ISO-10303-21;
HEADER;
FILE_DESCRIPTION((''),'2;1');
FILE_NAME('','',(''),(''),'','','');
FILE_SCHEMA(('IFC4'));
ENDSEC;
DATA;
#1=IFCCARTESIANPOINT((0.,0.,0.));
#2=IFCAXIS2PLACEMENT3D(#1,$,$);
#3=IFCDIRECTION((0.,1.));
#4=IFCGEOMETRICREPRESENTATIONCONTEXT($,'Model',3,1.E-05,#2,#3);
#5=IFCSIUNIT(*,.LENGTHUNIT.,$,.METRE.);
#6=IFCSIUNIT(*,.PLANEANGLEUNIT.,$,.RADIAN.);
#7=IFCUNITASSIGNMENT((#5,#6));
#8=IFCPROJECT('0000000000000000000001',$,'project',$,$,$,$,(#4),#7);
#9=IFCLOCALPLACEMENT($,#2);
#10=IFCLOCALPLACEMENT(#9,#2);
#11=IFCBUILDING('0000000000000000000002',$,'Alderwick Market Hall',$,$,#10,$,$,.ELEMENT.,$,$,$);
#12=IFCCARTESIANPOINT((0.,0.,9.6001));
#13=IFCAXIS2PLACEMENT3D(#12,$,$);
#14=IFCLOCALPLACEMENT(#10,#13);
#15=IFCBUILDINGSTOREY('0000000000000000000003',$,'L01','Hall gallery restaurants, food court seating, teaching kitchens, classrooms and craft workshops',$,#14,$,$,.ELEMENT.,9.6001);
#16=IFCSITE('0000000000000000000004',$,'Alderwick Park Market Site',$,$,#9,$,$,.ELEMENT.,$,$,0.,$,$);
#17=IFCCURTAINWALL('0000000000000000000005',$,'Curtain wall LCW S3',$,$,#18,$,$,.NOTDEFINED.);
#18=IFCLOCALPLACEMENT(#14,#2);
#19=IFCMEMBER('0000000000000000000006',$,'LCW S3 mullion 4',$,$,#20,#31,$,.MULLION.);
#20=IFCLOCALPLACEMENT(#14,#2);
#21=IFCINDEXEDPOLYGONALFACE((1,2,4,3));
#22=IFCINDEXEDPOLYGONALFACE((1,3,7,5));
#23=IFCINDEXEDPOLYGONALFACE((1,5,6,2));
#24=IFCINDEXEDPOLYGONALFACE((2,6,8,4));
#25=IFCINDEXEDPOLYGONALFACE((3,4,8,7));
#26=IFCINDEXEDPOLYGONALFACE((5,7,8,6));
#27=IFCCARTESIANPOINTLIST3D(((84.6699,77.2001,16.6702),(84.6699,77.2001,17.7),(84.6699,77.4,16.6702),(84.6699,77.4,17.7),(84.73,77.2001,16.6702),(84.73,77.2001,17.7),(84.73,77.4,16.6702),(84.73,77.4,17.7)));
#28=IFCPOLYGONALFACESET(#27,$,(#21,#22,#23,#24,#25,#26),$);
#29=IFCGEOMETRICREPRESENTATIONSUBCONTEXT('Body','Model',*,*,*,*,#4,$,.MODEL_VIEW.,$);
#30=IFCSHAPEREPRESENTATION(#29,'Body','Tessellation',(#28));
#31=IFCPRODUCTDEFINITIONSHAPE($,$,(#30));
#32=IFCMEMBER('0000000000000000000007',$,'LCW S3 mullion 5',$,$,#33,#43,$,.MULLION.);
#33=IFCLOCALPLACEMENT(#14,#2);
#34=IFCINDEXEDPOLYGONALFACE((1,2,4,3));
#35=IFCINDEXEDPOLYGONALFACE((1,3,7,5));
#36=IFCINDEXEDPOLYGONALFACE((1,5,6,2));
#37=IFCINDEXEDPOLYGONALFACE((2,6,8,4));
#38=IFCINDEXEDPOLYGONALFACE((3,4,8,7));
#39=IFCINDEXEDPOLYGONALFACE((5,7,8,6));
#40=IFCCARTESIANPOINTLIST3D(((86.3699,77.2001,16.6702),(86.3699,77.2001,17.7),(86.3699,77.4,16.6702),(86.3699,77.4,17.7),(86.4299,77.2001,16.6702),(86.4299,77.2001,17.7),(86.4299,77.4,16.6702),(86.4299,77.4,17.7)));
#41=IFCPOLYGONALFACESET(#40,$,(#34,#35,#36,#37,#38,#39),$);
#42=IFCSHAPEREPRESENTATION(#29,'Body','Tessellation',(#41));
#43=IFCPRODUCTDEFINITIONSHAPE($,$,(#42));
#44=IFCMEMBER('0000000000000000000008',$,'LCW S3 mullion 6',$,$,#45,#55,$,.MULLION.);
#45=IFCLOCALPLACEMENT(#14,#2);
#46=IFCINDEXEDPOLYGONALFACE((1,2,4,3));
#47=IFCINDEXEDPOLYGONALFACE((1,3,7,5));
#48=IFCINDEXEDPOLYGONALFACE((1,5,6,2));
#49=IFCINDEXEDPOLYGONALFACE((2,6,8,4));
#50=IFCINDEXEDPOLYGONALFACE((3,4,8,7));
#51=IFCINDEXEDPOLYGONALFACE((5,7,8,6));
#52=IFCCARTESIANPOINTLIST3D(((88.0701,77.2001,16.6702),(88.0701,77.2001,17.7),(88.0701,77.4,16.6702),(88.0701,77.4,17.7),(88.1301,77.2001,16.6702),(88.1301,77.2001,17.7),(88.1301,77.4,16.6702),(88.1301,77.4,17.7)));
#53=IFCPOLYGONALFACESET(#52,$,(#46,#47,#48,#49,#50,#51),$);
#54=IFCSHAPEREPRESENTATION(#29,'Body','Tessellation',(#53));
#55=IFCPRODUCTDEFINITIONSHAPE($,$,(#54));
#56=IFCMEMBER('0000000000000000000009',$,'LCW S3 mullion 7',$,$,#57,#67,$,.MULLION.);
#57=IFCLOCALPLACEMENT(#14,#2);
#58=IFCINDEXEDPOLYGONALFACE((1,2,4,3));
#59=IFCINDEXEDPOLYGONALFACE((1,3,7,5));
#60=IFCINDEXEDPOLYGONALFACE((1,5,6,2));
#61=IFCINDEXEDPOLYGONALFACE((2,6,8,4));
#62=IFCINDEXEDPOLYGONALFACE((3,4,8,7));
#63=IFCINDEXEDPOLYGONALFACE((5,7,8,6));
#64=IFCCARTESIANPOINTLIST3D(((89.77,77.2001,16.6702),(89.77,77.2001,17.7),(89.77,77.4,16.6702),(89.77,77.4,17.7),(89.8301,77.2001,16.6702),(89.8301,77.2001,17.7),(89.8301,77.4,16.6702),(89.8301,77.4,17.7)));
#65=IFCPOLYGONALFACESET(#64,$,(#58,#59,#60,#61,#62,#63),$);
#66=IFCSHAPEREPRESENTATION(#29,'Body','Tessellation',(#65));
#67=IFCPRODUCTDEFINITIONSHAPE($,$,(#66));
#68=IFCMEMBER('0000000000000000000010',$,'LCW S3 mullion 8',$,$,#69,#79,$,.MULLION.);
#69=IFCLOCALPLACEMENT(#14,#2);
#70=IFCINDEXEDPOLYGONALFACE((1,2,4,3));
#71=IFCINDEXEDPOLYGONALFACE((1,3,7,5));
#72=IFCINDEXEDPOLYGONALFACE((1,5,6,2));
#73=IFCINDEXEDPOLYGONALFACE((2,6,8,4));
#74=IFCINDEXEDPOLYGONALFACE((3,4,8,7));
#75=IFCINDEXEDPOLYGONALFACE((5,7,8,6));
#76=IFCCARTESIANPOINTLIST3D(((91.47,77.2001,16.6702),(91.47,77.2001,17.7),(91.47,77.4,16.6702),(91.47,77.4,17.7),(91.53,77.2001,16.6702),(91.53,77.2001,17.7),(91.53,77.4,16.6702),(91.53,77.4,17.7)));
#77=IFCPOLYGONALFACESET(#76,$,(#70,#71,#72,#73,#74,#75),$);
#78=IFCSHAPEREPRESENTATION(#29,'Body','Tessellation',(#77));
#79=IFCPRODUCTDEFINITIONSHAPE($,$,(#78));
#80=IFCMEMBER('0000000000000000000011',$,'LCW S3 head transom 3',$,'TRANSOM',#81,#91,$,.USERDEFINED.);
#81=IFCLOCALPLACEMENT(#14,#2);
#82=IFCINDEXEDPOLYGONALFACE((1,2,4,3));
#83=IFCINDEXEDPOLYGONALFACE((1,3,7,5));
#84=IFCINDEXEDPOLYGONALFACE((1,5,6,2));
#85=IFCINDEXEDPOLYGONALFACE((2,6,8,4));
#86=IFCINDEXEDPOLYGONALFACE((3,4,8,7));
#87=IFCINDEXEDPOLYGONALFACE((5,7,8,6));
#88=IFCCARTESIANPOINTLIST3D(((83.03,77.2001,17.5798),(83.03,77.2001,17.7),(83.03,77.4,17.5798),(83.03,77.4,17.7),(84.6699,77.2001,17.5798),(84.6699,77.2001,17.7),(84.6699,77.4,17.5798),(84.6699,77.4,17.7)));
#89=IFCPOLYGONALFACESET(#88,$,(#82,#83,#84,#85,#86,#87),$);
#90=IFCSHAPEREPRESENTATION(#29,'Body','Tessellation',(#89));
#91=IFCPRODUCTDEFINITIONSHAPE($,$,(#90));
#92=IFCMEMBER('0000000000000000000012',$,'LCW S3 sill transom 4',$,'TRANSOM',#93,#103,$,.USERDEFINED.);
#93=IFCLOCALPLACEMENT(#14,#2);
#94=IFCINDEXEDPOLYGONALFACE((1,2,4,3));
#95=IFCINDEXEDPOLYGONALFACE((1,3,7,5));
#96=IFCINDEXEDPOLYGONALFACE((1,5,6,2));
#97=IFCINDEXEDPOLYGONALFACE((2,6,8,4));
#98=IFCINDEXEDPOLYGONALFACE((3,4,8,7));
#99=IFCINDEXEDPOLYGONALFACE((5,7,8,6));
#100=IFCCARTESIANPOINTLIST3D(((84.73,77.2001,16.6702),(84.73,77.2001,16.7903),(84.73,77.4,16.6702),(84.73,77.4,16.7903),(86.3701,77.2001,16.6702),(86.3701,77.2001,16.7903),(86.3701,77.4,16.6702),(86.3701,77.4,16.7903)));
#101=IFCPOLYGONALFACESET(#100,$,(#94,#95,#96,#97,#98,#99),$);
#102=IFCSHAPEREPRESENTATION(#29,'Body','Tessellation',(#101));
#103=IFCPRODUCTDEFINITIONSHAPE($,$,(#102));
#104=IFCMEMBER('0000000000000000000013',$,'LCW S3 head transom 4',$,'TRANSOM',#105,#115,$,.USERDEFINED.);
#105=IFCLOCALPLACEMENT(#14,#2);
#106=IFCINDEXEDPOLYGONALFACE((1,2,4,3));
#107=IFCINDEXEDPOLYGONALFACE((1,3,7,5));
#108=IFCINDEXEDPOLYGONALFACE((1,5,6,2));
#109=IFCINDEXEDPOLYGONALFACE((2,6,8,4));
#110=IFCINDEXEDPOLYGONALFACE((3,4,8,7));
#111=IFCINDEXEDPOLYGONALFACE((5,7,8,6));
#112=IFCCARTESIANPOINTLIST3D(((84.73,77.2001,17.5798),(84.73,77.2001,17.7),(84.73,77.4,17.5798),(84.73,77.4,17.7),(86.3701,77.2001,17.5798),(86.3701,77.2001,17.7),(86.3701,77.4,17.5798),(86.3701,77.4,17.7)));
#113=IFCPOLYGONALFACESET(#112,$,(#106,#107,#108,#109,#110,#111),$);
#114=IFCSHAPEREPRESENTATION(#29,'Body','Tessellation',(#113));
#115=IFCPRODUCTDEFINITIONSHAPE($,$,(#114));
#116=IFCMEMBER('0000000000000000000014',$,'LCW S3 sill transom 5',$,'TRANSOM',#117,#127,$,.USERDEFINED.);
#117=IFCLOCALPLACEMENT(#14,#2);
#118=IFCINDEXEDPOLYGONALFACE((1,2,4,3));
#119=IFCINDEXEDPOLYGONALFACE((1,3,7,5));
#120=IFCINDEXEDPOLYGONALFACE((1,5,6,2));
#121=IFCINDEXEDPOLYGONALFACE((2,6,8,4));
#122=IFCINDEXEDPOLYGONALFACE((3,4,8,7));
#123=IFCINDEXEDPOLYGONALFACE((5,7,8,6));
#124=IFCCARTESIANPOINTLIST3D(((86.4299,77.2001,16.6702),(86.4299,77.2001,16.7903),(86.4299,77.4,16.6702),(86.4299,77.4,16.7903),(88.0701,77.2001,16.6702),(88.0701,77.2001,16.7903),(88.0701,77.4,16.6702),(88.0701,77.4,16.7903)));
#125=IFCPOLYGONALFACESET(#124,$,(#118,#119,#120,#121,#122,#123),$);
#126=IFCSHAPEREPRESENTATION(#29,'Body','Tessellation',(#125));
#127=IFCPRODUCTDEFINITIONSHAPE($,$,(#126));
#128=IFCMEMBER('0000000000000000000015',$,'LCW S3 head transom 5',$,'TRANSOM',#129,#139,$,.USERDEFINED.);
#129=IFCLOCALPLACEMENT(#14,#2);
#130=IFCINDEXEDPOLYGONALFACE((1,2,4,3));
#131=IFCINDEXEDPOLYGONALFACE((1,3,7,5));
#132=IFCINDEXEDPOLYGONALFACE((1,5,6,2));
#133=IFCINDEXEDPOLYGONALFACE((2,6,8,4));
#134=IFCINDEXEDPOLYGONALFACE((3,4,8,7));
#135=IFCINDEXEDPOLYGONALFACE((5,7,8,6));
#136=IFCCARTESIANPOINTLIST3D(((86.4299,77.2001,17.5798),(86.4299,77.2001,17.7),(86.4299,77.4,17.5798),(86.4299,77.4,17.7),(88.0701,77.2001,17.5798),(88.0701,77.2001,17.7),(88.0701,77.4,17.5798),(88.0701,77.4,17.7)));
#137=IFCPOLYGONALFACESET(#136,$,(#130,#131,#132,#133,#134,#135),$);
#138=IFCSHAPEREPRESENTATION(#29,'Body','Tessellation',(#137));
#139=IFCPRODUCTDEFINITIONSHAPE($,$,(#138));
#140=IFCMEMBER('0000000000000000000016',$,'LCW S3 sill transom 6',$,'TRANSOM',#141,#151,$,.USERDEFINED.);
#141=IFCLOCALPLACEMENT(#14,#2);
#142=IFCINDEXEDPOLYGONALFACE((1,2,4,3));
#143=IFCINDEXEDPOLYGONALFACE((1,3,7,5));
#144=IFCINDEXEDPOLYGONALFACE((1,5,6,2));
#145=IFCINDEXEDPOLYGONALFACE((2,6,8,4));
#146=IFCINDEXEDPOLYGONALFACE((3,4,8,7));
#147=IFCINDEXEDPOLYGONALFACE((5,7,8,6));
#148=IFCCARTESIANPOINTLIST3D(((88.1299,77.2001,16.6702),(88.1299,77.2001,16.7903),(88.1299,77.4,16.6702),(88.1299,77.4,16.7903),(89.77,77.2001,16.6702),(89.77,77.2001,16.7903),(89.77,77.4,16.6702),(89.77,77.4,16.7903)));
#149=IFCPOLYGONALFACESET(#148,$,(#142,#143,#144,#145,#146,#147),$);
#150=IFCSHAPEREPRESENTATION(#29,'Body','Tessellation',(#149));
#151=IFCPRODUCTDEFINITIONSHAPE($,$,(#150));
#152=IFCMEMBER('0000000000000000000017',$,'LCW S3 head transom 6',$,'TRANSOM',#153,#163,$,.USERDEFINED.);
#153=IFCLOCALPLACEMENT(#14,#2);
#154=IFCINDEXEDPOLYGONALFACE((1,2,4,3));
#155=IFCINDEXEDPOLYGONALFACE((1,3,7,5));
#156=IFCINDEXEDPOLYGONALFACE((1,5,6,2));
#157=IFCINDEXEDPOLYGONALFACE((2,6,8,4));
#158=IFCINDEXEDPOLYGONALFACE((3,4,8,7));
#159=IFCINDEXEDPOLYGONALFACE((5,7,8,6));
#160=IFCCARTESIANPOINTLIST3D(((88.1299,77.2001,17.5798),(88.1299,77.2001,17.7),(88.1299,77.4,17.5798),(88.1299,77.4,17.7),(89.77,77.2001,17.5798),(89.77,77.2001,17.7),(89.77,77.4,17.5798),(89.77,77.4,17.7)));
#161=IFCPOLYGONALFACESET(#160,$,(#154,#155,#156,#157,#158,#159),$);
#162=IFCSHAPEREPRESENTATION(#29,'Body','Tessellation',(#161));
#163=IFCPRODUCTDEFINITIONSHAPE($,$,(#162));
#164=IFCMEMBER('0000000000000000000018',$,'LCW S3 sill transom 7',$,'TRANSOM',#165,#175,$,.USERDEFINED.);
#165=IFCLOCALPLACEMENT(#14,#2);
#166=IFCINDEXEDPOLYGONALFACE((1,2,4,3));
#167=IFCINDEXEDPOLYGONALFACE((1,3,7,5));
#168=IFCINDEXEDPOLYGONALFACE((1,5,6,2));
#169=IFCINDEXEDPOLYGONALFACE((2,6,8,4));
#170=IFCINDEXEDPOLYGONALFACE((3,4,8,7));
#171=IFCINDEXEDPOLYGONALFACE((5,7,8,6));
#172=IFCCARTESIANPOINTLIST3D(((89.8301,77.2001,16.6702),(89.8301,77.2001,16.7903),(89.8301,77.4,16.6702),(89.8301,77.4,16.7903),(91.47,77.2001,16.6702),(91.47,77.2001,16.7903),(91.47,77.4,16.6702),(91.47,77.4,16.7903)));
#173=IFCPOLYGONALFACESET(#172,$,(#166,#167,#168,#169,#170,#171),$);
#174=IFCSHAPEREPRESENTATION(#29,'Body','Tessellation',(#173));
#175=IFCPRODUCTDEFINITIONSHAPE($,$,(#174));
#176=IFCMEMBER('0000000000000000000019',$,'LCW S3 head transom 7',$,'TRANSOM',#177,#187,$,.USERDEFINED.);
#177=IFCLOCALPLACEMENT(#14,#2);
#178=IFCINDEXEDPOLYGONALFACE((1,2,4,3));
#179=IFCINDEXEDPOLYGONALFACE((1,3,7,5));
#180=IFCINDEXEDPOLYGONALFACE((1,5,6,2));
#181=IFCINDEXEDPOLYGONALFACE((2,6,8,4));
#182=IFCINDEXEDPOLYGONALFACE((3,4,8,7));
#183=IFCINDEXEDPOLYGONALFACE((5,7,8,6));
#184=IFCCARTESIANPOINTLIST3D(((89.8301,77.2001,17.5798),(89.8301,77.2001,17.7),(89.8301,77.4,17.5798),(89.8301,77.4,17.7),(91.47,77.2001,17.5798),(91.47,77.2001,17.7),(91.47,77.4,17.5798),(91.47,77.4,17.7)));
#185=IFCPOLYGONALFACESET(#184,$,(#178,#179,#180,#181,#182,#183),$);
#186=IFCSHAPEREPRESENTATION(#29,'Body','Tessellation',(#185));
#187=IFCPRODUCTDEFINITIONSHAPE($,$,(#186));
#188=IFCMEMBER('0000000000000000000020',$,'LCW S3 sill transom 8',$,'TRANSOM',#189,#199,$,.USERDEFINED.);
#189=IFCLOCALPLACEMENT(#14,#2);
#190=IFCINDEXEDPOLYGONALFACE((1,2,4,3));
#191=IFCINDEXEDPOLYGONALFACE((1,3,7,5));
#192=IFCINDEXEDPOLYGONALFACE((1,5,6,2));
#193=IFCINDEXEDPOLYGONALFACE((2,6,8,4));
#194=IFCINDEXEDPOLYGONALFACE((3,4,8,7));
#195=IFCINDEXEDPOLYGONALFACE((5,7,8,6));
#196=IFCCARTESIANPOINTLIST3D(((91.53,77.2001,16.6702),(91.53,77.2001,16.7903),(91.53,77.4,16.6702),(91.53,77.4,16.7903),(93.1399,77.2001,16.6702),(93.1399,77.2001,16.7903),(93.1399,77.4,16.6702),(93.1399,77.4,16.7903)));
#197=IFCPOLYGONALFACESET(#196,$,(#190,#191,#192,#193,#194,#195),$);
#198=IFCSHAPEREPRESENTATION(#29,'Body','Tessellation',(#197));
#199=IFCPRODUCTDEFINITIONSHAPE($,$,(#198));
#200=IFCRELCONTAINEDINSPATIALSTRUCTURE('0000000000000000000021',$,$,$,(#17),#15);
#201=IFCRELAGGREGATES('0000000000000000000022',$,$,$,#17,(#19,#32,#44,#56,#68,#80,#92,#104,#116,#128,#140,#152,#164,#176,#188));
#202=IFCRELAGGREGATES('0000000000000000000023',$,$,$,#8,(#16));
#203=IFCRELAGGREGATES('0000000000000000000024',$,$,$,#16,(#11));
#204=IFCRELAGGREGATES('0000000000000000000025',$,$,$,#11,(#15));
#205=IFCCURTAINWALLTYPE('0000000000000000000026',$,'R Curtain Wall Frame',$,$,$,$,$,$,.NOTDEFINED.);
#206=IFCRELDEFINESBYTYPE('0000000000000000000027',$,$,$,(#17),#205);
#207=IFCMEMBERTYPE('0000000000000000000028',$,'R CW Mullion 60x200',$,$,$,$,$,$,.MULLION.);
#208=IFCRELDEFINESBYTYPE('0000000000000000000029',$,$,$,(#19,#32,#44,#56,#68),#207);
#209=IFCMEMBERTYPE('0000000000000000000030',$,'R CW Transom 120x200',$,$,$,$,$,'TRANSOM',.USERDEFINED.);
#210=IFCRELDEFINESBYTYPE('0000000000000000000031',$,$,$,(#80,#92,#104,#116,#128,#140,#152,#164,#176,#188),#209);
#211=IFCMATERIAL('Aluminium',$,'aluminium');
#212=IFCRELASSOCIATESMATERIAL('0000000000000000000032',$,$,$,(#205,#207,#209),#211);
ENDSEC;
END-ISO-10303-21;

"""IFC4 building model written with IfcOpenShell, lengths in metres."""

from ifc_helpers import new_model, si_unit, direction, frame, origin, origin_2d, place, context, subcontext, project, spatial, rectangle, extrude, material, material_profile, profile_set, type_object, element, aggregate, save


model = new_model("IFC4")

# Units and contexts
model_context = context("Model", 3, precision=1e-05, world=origin(), true_north=direction((0.0, 1.0)))
body_context = subcontext(model_context, "Body", "Model", "MODEL_VIEW")
ifc_project = project(units=[si_unit("LENGTHUNIT", "METRE"), si_unit("PLANEANGLEUNIT", "RADIAN")], contexts=[model_context])

# Site, building, storey
site_placement = place(None, origin())
site = spatial("IfcSite", under=ifc_project, at=site_placement, Name="Alderwick Park Market Site", CompositionType="ELEMENT", RefElevation=0.0)
building_placement = place(site_placement, origin())
building = spatial("IfcBuilding", under=site, at=building_placement, Name="Alderwick Market Hall", CompositionType="ELEMENT")
storey_placement = place(building_placement, frame((0.0, 0.0, 9.6001)))
storey = spatial("IfcBuildingStorey", under=building, at=storey_placement, Name="L01", Description="Hall gallery restaurants, food court seating, teaching kitchens, classrooms and craft workshops", CompositionType="ELEMENT", Elevation=9.6001)

# Curtain wall, members
ifc_material_1 = material(Name="Aluminium", Category="aluminium")
curtain_wall_type = type_object("IfcCurtainWallType", Name="R Curtain Wall Frame", PredefinedType="NOTDEFINED", material=ifc_material_1)
curtain_wall_placement = place(storey_placement, origin())
curtain_wall = element("IfcCurtainWall", 1, at=curtain_wall_placement, inside=storey, type_object=curtain_wall_type, Name="Curtain wall LCW S3", PredefinedType="NOTDEFINED")
ifc_material_profile_1 = material_profile(ifc_material_1, rectangle(XDim=0.2, YDim=0.0601, at=origin_2d()), Name="AL 60x200")
ifc_profile_set_1 = profile_set([ifc_material_profile_1], Name="Aluminium")
member_type_1 = type_object("IfcMemberType", Name="R CW Mullion 60x200", PredefinedType="MULLION", material=ifc_profile_set_1)
member_1_placement = place(storey_placement, frame((84.7, 77.3, 16.6702), z_axis=(0.0, 0.0, 1.0), x_axis=(0.0, 1.0, 0.0)))
member_1 = element("IfcMember", 2, at=member_1_placement, type_object=member_type_1, Name="LCW S3 mullion 4", PredefinedType="MULLION", context=body_context, shape_type="SweptSolid", body=[
    extrude(rectangle(XDim=0.2, YDim=0.0601, at=origin_2d()), origin(), (0.0, 0.0, 1.0), 1.0298),
])
member_2_placement = place(storey_placement, frame((86.3999, 77.3, 16.6702), z_axis=(0.0, 0.0, 1.0), x_axis=(0.0, 1.0, 0.0)))
member_2 = element("IfcMember", 3, at=member_2_placement, type_object=member_type_1, Name="LCW S3 mullion 5", PredefinedType="MULLION", context=body_context, shape_type="SweptSolid", body=[
    extrude(rectangle(XDim=0.2, YDim=0.0601, at=origin_2d()), origin(), (0.0, 0.0, 1.0), 1.0298),
])
member_3_placement = place(storey_placement, frame((88.1001, 77.3, 16.6702), z_axis=(0.0, 0.0, 1.0), x_axis=(0.0, 1.0, 0.0)))
member_3 = element("IfcMember", 4, at=member_3_placement, type_object=member_type_1, Name="LCW S3 mullion 6", PredefinedType="MULLION", context=body_context, shape_type="SweptSolid", body=[
    extrude(rectangle(XDim=0.2, YDim=0.0601, at=origin_2d()), origin(), (0.0, 0.0, 1.0), 1.0298),
])
member_4_placement = place(storey_placement, frame((89.8, 77.3, 16.6702), z_axis=(0.0, 0.0, 1.0), x_axis=(0.0, 1.0, 0.0)))
member_4 = element("IfcMember", 5, at=member_4_placement, type_object=member_type_1, Name="LCW S3 mullion 7", PredefinedType="MULLION", context=body_context, shape_type="SweptSolid", body=[
    extrude(rectangle(XDim=0.2, YDim=0.0601, at=origin_2d()), origin(), (0.0, 0.0, 1.0), 1.0298),
])
member_5_placement = place(storey_placement, frame((91.5, 77.3, 16.6702), z_axis=(0.0, 0.0, 1.0), x_axis=(0.0, 1.0, 0.0)))
member_5 = element("IfcMember", 6, at=member_5_placement, type_object=member_type_1, Name="LCW S3 mullion 8", PredefinedType="MULLION", context=body_context, shape_type="SweptSolid", body=[
    extrude(rectangle(XDim=0.2, YDim=0.0601, at=origin_2d()), origin(), (0.0, 0.0, 1.0), 1.0298),
])
ifc_material_profile_2 = material_profile(ifc_material_1, rectangle(XDim=0.2, YDim=0.1201, at=origin_2d()), Name="AL 120x200")
ifc_profile_set_2 = profile_set([ifc_material_profile_2], Name="Aluminium")
member_type_2 = type_object("IfcMemberType", Name="R CW Transom 120x200", ElementType="TRANSOM", PredefinedType="USERDEFINED", material=ifc_profile_set_2)
member_6_placement = place(storey_placement, frame((83.03, 77.3, 17.6399), z_axis=(1.0, 0.0, 0.0), x_axis=(0.0, 1.0, 0.0)))
member_6 = element("IfcMember", 7, at=member_6_placement, type_object=member_type_2, Name="LCW S3 head transom 3", ObjectType="TRANSOM", PredefinedType="USERDEFINED", context=body_context, shape_type="SweptSolid", body=[
    extrude(rectangle(XDim=0.2, YDim=0.1201, at=origin_2d()), origin(), (0.0, 0.0, 1.0), 1.6399),
])
member_7_placement = place(storey_placement, frame((84.73, 77.3, 16.7302), z_axis=(1.0, 0.0, 0.0), x_axis=(0.0, 1.0, 0.0)))
member_7 = element("IfcMember", 8, at=member_7_placement, type_object=member_type_2, Name="LCW S3 sill transom 4", ObjectType="TRANSOM", PredefinedType="USERDEFINED", context=body_context, shape_type="SweptSolid", body=[
    extrude(rectangle(XDim=0.2, YDim=0.1201, at=origin_2d()), origin(), (0.0, 0.0, 1.0), 1.6401),
])
member_8_placement = place(storey_placement, frame((84.73, 77.3, 17.6399), z_axis=(1.0, 0.0, 0.0), x_axis=(0.0, 1.0, 0.0)))
member_8 = element("IfcMember", 9, at=member_8_placement, type_object=member_type_2, Name="LCW S3 head transom 4", ObjectType="TRANSOM", PredefinedType="USERDEFINED", context=body_context, shape_type="SweptSolid", body=[
    extrude(rectangle(XDim=0.2, YDim=0.1201, at=origin_2d()), origin(), (0.0, 0.0, 1.0), 1.6401),
])
member_9_placement = place(storey_placement, frame((86.4299, 77.3, 16.7302), z_axis=(1.0, 0.0, 0.0), x_axis=(0.0, 1.0, 0.0)))
member_9 = element("IfcMember", 10, at=member_9_placement, type_object=member_type_2, Name="LCW S3 sill transom 5", ObjectType="TRANSOM", PredefinedType="USERDEFINED", context=body_context, shape_type="SweptSolid", body=[
    extrude(rectangle(XDim=0.2, YDim=0.1201, at=origin_2d()), origin(), (0.0, 0.0, 1.0), 1.6401),
])
member_10_placement = place(storey_placement, frame((86.4299, 77.3, 17.6399), z_axis=(1.0, 0.0, 0.0), x_axis=(0.0, 1.0, 0.0)))
member_10 = element("IfcMember", 11, at=member_10_placement, type_object=member_type_2, Name="LCW S3 head transom 5", ObjectType="TRANSOM", PredefinedType="USERDEFINED", context=body_context, shape_type="SweptSolid", body=[
    extrude(rectangle(XDim=0.2, YDim=0.1201, at=origin_2d()), origin(), (0.0, 0.0, 1.0), 1.6401),
])
member_11_placement = place(storey_placement, frame((88.1299, 77.3, 16.7302), z_axis=(1.0, 0.0, 0.0), x_axis=(0.0, 1.0, 0.0)))
member_11 = element("IfcMember", 12, at=member_11_placement, type_object=member_type_2, Name="LCW S3 sill transom 6", ObjectType="TRANSOM", PredefinedType="USERDEFINED", context=body_context, shape_type="SweptSolid", body=[
    extrude(rectangle(XDim=0.2, YDim=0.1201, at=origin_2d()), origin(), (0.0, 0.0, 1.0), 1.6401),
])
member_12_placement = place(storey_placement, frame((88.1299, 77.3, 17.6399), z_axis=(1.0, 0.0, 0.0), x_axis=(0.0, 1.0, 0.0)))
member_12 = element("IfcMember", 13, at=member_12_placement, type_object=member_type_2, Name="LCW S3 head transom 6", ObjectType="TRANSOM", PredefinedType="USERDEFINED", context=body_context, shape_type="SweptSolid", body=[
    extrude(rectangle(XDim=0.2, YDim=0.1201, at=origin_2d()), origin(), (0.0, 0.0, 1.0), 1.6401),
])
member_13_placement = place(storey_placement, frame((89.8301, 77.3, 16.7302), z_axis=(1.0, 0.0, 0.0), x_axis=(0.0, 1.0, 0.0)))
member_13 = element("IfcMember", 14, at=member_13_placement, type_object=member_type_2, Name="LCW S3 sill transom 7", ObjectType="TRANSOM", PredefinedType="USERDEFINED", context=body_context, shape_type="SweptSolid", body=[
    extrude(rectangle(XDim=0.2, YDim=0.1201, at=origin_2d()), origin(), (0.0, 0.0, 1.0), 1.6399),
])
member_14_placement = place(storey_placement, frame((89.8301, 77.3, 17.6399), z_axis=(1.0, 0.0, 0.0), x_axis=(0.0, 1.0, 0.0)))
member_14 = element("IfcMember", 15, at=member_14_placement, type_object=member_type_2, Name="LCW S3 head transom 7", ObjectType="TRANSOM", PredefinedType="USERDEFINED", context=body_context, shape_type="SweptSolid", body=[
    extrude(rectangle(XDim=0.2, YDim=0.1201, at=origin_2d()), origin(), (0.0, 0.0, 1.0), 1.6399),
])
member_15_placement = place(storey_placement, frame((91.53, 77.3, 16.7302), z_axis=(1.0, 0.0, 0.0), x_axis=(0.0, 1.0, 0.0)))
member_15 = element("IfcMember", 16, at=member_15_placement, type_object=member_type_2, Name="LCW S3 sill transom 8", ObjectType="TRANSOM", PredefinedType="USERDEFINED", context=body_context, shape_type="SweptSolid", body=[
    extrude(rectangle(XDim=0.2, YDim=0.1201, at=origin_2d()), origin(), (0.0, 0.0, 1.0), 1.6099),
])
aggregate(curtain_wall, [member_1, member_2, member_3, member_4, member_5, member_6, member_7, member_8, member_9, member_10, member_11, member_12, member_13, member_14, member_15])

save(model, "model.ifc")
